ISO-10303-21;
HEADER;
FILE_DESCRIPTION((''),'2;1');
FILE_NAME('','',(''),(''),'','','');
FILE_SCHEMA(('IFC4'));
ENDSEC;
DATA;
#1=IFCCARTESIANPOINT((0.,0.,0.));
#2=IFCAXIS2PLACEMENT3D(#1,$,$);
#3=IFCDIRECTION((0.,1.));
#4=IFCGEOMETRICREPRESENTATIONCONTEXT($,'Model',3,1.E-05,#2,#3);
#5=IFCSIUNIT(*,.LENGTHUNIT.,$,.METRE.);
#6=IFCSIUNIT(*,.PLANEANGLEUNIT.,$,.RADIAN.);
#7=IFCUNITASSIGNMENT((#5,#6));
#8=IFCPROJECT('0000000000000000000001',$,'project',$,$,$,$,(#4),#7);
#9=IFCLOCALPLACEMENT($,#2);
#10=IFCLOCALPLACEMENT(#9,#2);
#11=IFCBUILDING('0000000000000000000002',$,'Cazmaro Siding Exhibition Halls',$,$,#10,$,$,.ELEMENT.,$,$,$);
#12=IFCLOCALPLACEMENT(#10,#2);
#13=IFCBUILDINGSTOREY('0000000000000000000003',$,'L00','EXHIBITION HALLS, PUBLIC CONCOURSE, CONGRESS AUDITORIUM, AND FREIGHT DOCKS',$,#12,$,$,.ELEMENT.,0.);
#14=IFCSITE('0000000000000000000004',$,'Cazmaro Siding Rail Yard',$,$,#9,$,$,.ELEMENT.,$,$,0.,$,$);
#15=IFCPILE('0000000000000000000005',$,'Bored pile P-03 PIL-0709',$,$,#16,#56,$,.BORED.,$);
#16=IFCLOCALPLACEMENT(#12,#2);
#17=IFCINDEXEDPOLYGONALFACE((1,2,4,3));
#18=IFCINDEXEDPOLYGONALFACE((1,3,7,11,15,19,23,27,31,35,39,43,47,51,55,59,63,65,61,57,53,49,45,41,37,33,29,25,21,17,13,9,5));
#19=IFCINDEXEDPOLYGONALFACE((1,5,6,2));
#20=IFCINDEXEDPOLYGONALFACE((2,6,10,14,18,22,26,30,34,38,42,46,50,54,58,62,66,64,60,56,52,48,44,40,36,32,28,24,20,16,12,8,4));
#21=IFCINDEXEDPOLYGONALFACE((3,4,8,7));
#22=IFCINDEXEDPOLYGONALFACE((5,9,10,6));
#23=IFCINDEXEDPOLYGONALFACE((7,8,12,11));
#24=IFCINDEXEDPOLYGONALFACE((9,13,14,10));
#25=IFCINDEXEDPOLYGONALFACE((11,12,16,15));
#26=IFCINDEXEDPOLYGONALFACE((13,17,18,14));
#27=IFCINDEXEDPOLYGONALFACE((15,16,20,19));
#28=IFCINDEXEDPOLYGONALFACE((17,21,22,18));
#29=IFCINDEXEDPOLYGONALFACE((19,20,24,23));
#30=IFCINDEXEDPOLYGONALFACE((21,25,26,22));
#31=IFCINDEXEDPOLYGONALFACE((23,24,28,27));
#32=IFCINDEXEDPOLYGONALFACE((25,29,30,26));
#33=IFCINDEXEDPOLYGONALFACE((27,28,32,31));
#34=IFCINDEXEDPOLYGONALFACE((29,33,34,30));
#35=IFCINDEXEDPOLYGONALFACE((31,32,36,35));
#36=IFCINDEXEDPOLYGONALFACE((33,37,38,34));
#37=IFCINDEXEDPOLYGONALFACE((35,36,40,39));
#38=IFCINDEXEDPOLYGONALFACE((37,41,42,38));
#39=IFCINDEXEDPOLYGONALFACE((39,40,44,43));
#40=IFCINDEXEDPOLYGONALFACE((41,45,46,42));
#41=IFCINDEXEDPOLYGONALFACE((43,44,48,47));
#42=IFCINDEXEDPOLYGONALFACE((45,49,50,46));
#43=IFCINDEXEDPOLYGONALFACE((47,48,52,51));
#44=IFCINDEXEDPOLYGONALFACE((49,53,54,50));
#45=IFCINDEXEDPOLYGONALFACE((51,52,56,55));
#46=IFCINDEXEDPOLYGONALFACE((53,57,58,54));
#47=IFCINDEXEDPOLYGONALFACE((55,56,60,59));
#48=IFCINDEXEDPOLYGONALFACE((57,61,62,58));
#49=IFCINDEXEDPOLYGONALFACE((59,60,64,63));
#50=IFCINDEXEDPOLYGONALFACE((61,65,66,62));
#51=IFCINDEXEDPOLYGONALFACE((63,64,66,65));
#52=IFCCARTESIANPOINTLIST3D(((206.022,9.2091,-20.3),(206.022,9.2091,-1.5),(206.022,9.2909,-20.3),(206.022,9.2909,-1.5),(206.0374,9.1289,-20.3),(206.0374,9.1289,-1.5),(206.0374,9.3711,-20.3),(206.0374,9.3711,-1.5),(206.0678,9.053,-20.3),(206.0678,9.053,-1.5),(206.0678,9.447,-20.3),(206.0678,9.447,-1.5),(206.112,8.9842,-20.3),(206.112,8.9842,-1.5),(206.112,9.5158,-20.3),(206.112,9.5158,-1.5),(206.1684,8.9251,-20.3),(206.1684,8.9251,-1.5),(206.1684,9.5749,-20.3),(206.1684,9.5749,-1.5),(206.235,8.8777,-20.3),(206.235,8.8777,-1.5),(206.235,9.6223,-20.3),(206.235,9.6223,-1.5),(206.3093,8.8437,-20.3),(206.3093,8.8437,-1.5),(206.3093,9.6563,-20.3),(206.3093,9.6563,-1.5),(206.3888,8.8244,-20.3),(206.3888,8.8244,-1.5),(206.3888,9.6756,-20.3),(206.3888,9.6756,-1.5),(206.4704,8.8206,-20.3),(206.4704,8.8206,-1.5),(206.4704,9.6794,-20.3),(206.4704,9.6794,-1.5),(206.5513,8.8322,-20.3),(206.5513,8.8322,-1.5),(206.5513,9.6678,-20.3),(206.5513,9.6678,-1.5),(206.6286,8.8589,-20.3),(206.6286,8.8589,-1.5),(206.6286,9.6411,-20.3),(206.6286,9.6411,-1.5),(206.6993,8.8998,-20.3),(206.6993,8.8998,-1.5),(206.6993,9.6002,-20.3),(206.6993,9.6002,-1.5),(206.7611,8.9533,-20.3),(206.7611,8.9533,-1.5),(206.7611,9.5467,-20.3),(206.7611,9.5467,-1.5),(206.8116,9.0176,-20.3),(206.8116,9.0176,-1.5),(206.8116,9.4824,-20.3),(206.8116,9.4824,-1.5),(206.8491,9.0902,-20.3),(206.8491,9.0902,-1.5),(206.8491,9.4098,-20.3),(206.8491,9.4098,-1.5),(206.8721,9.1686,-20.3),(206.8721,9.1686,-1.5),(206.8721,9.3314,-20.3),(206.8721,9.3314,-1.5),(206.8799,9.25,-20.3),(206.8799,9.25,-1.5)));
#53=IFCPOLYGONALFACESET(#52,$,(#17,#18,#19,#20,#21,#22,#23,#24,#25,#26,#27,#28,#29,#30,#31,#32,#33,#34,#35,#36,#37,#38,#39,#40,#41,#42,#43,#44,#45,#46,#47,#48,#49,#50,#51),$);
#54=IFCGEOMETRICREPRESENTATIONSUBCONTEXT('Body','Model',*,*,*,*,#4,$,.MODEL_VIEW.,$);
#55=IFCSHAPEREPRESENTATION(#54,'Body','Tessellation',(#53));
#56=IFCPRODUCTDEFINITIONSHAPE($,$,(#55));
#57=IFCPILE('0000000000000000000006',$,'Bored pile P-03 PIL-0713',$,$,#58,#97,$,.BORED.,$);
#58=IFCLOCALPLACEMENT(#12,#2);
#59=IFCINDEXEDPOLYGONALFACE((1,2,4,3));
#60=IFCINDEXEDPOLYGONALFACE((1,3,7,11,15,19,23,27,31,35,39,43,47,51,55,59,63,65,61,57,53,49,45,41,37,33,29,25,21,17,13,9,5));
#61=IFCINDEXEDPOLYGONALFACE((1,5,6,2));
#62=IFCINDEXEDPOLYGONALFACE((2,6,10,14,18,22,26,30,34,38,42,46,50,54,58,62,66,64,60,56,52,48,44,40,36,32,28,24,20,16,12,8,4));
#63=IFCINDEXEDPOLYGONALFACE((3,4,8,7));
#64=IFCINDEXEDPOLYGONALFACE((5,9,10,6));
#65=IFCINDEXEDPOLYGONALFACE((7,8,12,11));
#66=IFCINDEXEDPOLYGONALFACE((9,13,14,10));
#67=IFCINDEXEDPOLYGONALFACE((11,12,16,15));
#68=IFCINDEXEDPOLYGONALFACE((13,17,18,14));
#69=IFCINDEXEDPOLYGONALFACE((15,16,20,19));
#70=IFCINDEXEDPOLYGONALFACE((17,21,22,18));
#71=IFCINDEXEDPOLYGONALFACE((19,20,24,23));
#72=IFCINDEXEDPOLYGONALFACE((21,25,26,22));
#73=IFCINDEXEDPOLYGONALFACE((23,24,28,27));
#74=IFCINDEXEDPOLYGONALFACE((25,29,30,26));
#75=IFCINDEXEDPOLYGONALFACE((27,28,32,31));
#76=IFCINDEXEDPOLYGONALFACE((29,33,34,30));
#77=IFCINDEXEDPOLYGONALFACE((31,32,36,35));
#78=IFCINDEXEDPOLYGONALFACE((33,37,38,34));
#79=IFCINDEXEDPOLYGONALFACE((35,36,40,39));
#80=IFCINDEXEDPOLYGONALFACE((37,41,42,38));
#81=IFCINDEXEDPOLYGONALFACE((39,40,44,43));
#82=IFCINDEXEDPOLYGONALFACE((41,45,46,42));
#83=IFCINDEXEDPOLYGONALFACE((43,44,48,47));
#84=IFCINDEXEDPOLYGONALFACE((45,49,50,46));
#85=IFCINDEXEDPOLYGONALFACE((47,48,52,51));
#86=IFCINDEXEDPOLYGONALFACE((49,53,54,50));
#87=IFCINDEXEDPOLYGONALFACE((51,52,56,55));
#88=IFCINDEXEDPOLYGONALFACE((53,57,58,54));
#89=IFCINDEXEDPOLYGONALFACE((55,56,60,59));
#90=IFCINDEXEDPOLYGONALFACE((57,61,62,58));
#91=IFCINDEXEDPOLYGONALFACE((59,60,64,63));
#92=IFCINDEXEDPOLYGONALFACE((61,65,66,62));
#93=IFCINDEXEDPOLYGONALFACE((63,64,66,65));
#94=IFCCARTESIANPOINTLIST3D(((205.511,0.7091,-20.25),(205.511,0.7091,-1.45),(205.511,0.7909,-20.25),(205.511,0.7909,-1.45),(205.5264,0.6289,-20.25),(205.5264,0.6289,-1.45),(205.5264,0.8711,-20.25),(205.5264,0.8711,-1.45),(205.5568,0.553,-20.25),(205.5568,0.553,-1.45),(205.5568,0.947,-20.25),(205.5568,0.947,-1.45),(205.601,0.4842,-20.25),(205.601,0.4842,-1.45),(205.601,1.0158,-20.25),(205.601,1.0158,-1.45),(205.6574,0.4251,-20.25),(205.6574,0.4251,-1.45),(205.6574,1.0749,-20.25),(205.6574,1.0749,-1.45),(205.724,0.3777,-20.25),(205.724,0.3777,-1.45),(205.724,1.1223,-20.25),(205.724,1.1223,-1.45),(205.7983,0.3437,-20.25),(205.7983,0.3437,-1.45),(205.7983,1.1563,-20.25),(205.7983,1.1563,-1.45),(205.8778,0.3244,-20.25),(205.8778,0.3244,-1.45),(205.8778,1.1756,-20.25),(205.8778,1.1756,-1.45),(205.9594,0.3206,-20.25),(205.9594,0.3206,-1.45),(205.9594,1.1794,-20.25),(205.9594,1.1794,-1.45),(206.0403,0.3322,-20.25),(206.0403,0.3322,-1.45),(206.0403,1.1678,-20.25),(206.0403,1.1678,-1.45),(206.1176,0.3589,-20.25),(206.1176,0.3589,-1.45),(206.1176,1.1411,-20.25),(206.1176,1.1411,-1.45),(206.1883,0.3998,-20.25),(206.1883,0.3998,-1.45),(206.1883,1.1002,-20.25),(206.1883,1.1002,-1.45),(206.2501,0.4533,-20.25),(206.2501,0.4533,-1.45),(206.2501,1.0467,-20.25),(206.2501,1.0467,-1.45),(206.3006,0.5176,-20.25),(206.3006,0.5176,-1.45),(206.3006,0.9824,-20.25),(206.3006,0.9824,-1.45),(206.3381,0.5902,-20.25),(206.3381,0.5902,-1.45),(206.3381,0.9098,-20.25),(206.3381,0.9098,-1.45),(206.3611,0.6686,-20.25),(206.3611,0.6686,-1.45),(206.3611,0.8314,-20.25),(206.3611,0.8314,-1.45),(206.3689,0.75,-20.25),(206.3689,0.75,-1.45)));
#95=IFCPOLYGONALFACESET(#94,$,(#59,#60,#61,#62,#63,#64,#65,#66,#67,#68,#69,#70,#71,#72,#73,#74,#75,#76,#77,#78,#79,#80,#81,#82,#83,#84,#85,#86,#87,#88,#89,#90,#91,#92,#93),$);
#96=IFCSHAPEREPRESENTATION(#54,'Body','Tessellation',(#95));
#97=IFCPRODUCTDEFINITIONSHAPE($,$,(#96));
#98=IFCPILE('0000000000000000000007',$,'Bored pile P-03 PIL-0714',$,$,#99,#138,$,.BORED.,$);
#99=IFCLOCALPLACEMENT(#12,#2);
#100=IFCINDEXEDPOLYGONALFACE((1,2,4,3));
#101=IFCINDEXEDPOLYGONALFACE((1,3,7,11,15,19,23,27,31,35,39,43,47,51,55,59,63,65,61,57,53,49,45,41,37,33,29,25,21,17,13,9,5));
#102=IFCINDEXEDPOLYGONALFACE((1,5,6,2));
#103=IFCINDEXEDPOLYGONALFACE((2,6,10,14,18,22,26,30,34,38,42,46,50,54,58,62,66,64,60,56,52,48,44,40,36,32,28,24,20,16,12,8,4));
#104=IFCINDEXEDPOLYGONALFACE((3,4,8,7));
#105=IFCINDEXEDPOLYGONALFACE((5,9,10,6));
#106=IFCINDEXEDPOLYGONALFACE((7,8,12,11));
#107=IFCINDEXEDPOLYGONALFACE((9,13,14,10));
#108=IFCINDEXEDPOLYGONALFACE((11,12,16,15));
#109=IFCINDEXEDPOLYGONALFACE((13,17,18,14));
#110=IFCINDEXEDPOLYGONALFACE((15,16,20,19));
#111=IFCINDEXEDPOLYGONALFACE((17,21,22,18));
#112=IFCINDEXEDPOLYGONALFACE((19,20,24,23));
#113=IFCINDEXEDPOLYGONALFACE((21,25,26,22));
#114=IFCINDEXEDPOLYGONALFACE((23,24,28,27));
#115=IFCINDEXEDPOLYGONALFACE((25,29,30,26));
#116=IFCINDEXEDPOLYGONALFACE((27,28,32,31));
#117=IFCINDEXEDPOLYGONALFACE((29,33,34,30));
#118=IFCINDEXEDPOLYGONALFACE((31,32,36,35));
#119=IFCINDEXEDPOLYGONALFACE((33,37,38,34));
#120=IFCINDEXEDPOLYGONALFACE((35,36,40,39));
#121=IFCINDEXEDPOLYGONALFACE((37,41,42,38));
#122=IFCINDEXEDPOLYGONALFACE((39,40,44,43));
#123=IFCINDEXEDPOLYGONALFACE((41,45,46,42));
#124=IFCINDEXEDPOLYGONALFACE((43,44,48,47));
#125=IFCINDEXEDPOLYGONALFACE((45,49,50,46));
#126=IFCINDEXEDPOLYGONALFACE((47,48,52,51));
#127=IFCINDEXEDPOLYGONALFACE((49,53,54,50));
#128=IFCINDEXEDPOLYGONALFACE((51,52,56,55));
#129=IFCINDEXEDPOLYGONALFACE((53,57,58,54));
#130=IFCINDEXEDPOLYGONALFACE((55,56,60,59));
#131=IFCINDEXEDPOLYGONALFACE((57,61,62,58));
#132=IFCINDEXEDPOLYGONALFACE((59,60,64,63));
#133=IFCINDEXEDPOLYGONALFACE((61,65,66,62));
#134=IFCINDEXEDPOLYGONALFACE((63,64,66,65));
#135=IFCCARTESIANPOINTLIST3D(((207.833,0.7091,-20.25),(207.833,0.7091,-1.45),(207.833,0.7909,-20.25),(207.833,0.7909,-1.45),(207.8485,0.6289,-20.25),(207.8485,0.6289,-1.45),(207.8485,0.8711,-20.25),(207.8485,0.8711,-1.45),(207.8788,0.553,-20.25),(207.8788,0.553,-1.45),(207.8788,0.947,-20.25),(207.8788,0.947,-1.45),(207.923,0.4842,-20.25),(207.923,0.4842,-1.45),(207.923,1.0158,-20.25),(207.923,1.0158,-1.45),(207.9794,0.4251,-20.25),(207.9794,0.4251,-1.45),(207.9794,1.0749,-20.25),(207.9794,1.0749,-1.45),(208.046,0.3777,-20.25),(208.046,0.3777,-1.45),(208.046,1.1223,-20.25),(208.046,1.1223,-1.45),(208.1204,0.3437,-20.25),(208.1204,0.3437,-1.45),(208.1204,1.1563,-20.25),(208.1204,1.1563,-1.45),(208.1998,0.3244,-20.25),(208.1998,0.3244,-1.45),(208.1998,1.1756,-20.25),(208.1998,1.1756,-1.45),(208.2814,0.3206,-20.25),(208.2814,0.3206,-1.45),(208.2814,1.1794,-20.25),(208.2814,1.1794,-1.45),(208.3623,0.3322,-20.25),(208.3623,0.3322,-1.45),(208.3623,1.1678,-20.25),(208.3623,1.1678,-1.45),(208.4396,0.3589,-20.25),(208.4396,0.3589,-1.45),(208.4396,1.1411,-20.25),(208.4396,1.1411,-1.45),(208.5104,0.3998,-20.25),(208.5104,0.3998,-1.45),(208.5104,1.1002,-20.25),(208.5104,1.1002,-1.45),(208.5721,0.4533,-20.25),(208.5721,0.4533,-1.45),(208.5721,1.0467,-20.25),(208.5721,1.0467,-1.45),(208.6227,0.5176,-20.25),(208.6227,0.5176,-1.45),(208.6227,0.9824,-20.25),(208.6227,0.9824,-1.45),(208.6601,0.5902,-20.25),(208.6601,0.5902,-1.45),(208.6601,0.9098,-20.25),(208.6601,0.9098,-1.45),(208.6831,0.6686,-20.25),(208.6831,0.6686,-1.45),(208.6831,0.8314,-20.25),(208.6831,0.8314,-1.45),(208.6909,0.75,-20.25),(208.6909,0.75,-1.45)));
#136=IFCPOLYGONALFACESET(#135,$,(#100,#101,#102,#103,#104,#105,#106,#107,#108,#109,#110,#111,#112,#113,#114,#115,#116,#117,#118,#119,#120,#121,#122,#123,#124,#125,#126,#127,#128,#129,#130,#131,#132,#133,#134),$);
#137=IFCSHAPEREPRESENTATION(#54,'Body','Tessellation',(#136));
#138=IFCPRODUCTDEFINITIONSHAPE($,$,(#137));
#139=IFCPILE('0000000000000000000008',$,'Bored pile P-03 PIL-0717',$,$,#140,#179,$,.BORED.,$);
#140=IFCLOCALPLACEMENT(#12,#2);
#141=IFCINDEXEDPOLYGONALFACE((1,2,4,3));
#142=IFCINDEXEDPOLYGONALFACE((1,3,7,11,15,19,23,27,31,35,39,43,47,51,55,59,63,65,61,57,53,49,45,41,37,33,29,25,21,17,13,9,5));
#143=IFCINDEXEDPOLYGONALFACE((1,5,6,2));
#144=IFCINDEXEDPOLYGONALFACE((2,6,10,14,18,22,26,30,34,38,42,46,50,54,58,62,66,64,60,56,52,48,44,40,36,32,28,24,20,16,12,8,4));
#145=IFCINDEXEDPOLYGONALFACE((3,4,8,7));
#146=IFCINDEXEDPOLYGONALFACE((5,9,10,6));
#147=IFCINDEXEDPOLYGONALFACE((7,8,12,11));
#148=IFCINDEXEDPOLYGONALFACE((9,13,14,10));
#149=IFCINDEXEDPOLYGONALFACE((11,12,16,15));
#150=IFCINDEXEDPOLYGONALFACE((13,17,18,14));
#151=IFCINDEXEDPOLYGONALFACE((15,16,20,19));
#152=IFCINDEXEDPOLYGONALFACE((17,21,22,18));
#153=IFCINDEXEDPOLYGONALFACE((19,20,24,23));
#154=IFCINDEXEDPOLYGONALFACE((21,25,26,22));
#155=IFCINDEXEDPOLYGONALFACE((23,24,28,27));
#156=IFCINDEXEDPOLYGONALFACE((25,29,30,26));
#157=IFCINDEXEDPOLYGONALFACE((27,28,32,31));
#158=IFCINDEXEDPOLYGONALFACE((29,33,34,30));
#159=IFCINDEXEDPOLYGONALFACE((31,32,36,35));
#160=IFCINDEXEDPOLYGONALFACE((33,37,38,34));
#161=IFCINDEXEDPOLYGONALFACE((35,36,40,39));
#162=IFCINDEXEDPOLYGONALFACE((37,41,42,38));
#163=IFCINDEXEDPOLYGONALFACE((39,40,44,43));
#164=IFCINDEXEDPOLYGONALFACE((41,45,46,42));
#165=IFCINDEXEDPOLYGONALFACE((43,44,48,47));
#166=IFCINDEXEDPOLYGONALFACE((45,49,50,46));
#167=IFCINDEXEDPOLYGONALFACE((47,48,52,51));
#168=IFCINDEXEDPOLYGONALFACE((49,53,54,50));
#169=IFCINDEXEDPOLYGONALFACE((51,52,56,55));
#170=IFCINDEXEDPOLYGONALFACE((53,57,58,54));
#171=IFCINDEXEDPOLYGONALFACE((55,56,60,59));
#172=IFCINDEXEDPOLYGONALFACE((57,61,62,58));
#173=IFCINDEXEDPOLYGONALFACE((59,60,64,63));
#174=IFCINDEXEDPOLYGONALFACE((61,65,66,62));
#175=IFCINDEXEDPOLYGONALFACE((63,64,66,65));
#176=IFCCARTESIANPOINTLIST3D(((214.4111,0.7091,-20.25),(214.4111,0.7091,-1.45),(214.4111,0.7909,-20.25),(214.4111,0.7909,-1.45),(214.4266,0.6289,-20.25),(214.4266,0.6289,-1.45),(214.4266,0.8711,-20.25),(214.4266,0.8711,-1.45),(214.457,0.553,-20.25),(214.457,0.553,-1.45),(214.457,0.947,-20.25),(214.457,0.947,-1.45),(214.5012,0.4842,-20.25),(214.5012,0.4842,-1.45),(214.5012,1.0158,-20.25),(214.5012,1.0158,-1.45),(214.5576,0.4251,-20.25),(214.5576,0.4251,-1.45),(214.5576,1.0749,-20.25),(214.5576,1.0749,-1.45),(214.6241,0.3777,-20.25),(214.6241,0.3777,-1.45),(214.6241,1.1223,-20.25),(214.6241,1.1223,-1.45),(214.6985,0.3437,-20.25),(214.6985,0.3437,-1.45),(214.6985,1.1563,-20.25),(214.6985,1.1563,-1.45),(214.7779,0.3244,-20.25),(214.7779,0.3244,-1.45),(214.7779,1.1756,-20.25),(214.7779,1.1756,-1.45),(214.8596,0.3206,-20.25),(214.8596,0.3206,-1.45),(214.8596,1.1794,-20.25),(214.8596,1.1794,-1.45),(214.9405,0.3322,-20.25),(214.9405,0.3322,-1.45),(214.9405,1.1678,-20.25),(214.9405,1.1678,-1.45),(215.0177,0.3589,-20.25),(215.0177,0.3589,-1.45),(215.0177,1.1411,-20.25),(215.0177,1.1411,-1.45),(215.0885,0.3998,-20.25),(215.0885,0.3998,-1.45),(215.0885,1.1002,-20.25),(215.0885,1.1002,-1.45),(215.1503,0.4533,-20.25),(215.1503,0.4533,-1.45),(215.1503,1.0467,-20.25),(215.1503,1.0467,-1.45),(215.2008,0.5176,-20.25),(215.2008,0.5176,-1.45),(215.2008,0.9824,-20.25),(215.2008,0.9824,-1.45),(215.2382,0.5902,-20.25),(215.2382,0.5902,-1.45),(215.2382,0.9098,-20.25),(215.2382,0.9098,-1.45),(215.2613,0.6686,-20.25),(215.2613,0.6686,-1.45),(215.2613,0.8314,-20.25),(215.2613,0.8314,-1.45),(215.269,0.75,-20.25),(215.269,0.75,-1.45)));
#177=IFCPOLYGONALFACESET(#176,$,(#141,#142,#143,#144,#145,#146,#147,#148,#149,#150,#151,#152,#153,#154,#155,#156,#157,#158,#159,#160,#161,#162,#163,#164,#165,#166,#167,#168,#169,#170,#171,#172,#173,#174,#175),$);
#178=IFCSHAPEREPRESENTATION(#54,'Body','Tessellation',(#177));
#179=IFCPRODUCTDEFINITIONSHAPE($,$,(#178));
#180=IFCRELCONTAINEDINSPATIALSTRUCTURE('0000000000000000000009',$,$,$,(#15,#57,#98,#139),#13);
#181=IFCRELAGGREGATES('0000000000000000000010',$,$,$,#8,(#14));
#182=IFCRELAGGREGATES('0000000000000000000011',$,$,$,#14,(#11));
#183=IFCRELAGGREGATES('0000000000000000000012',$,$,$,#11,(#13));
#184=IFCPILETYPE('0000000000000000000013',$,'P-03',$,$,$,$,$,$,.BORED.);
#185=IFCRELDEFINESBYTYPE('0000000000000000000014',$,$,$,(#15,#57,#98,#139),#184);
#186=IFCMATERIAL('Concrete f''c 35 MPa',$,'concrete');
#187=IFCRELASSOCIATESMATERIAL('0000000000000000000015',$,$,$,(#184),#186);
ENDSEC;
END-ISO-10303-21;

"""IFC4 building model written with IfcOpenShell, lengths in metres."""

from ifc_helpers import new_model, si_unit, direction, frame, origin, origin_2d, place, context, subcontext, project, spatial, circle, extrude, material, material_profile, profile_set, type_object, element, save


model = new_model("IFC4")

# Units and contexts
model_context = context("Model", 3, precision=1e-05, world=origin(), true_north=direction((0.0, 1.0)))
body_context = subcontext(model_context, "Body", "Model", "MODEL_VIEW")
ifc_project = project(units=[si_unit("LENGTHUNIT", "METRE"), si_unit("PLANEANGLEUNIT", "RADIAN")], contexts=[model_context])

# Site, building, storey
site_placement = place(None, origin())
site = spatial("IfcSite", under=ifc_project, at=site_placement, Name="Cazmaro Siding Rail Yard", CompositionType="ELEMENT", RefElevation=0.0)
building_placement = place(site_placement, origin())
building = spatial("IfcBuilding", under=site, at=building_placement, Name="Cazmaro Siding Exhibition Halls", CompositionType="ELEMENT")
storey_placement = place(building_placement, origin())
storey = spatial("IfcBuildingStorey", under=building, at=storey_placement, Name="L00", Description="EXHIBITION HALLS, PUBLIC CONCOURSE, CONGRESS AUDITORIUM, AND FREIGHT DOCKS", CompositionType="ELEMENT", Elevation=0.0)

# Piles
ifc_material_1 = material(Name="Concrete f'c 35 MPa", Category="concrete")
ifc_material_profile_1 = material_profile(ifc_material_1, circle(Radius=0.4299, at=origin_2d()), Name="CIDH-860")
ifc_profile_set_1 = profile_set([ifc_material_profile_1], Name="Concrete f'c 35 MPa")
pile_type = type_object("IfcPileType", Name="P-03", PredefinedType="BORED", material=ifc_profile_set_1)
for number, where, z_axis, x_axis, name in (
    (1, (206.45, 9.25, -1.5), (0.0, 0.0, -1.0), (1.0, 0.0, 0.0), "Bored pile P-03 PIL-0709"),
    (2, (205.939, 0.75, -1.45), (0.0, 0.0, -1.0), (1.0, 0.0, 0.0), "Bored pile P-03 PIL-0713"),
    (3, (208.261, 0.75, -1.45), (0.0, 0.0, -1.0), (1.0, 0.0, 0.0), "Bored pile P-03 PIL-0714"),
    (4, (214.8391, 0.75, -1.45), (0.0, 0.0, -1.0), (1.0, 0.0, 0.0), "Bored pile P-03 PIL-0717"),
):
    element("IfcPile", number, at=place(storey_placement, frame(where, z_axis=z_axis, x_axis=x_axis)), inside=storey, type_object=pile_type, Name=name, PredefinedType="BORED", context=body_context, shape_type="SweptSolid", body=[
        extrude(circle(Radius=0.4299, at=origin_2d()), origin(), (0.0, 0.0, 1.0), 18.8),
    ])

save(model, "model.ifc")
